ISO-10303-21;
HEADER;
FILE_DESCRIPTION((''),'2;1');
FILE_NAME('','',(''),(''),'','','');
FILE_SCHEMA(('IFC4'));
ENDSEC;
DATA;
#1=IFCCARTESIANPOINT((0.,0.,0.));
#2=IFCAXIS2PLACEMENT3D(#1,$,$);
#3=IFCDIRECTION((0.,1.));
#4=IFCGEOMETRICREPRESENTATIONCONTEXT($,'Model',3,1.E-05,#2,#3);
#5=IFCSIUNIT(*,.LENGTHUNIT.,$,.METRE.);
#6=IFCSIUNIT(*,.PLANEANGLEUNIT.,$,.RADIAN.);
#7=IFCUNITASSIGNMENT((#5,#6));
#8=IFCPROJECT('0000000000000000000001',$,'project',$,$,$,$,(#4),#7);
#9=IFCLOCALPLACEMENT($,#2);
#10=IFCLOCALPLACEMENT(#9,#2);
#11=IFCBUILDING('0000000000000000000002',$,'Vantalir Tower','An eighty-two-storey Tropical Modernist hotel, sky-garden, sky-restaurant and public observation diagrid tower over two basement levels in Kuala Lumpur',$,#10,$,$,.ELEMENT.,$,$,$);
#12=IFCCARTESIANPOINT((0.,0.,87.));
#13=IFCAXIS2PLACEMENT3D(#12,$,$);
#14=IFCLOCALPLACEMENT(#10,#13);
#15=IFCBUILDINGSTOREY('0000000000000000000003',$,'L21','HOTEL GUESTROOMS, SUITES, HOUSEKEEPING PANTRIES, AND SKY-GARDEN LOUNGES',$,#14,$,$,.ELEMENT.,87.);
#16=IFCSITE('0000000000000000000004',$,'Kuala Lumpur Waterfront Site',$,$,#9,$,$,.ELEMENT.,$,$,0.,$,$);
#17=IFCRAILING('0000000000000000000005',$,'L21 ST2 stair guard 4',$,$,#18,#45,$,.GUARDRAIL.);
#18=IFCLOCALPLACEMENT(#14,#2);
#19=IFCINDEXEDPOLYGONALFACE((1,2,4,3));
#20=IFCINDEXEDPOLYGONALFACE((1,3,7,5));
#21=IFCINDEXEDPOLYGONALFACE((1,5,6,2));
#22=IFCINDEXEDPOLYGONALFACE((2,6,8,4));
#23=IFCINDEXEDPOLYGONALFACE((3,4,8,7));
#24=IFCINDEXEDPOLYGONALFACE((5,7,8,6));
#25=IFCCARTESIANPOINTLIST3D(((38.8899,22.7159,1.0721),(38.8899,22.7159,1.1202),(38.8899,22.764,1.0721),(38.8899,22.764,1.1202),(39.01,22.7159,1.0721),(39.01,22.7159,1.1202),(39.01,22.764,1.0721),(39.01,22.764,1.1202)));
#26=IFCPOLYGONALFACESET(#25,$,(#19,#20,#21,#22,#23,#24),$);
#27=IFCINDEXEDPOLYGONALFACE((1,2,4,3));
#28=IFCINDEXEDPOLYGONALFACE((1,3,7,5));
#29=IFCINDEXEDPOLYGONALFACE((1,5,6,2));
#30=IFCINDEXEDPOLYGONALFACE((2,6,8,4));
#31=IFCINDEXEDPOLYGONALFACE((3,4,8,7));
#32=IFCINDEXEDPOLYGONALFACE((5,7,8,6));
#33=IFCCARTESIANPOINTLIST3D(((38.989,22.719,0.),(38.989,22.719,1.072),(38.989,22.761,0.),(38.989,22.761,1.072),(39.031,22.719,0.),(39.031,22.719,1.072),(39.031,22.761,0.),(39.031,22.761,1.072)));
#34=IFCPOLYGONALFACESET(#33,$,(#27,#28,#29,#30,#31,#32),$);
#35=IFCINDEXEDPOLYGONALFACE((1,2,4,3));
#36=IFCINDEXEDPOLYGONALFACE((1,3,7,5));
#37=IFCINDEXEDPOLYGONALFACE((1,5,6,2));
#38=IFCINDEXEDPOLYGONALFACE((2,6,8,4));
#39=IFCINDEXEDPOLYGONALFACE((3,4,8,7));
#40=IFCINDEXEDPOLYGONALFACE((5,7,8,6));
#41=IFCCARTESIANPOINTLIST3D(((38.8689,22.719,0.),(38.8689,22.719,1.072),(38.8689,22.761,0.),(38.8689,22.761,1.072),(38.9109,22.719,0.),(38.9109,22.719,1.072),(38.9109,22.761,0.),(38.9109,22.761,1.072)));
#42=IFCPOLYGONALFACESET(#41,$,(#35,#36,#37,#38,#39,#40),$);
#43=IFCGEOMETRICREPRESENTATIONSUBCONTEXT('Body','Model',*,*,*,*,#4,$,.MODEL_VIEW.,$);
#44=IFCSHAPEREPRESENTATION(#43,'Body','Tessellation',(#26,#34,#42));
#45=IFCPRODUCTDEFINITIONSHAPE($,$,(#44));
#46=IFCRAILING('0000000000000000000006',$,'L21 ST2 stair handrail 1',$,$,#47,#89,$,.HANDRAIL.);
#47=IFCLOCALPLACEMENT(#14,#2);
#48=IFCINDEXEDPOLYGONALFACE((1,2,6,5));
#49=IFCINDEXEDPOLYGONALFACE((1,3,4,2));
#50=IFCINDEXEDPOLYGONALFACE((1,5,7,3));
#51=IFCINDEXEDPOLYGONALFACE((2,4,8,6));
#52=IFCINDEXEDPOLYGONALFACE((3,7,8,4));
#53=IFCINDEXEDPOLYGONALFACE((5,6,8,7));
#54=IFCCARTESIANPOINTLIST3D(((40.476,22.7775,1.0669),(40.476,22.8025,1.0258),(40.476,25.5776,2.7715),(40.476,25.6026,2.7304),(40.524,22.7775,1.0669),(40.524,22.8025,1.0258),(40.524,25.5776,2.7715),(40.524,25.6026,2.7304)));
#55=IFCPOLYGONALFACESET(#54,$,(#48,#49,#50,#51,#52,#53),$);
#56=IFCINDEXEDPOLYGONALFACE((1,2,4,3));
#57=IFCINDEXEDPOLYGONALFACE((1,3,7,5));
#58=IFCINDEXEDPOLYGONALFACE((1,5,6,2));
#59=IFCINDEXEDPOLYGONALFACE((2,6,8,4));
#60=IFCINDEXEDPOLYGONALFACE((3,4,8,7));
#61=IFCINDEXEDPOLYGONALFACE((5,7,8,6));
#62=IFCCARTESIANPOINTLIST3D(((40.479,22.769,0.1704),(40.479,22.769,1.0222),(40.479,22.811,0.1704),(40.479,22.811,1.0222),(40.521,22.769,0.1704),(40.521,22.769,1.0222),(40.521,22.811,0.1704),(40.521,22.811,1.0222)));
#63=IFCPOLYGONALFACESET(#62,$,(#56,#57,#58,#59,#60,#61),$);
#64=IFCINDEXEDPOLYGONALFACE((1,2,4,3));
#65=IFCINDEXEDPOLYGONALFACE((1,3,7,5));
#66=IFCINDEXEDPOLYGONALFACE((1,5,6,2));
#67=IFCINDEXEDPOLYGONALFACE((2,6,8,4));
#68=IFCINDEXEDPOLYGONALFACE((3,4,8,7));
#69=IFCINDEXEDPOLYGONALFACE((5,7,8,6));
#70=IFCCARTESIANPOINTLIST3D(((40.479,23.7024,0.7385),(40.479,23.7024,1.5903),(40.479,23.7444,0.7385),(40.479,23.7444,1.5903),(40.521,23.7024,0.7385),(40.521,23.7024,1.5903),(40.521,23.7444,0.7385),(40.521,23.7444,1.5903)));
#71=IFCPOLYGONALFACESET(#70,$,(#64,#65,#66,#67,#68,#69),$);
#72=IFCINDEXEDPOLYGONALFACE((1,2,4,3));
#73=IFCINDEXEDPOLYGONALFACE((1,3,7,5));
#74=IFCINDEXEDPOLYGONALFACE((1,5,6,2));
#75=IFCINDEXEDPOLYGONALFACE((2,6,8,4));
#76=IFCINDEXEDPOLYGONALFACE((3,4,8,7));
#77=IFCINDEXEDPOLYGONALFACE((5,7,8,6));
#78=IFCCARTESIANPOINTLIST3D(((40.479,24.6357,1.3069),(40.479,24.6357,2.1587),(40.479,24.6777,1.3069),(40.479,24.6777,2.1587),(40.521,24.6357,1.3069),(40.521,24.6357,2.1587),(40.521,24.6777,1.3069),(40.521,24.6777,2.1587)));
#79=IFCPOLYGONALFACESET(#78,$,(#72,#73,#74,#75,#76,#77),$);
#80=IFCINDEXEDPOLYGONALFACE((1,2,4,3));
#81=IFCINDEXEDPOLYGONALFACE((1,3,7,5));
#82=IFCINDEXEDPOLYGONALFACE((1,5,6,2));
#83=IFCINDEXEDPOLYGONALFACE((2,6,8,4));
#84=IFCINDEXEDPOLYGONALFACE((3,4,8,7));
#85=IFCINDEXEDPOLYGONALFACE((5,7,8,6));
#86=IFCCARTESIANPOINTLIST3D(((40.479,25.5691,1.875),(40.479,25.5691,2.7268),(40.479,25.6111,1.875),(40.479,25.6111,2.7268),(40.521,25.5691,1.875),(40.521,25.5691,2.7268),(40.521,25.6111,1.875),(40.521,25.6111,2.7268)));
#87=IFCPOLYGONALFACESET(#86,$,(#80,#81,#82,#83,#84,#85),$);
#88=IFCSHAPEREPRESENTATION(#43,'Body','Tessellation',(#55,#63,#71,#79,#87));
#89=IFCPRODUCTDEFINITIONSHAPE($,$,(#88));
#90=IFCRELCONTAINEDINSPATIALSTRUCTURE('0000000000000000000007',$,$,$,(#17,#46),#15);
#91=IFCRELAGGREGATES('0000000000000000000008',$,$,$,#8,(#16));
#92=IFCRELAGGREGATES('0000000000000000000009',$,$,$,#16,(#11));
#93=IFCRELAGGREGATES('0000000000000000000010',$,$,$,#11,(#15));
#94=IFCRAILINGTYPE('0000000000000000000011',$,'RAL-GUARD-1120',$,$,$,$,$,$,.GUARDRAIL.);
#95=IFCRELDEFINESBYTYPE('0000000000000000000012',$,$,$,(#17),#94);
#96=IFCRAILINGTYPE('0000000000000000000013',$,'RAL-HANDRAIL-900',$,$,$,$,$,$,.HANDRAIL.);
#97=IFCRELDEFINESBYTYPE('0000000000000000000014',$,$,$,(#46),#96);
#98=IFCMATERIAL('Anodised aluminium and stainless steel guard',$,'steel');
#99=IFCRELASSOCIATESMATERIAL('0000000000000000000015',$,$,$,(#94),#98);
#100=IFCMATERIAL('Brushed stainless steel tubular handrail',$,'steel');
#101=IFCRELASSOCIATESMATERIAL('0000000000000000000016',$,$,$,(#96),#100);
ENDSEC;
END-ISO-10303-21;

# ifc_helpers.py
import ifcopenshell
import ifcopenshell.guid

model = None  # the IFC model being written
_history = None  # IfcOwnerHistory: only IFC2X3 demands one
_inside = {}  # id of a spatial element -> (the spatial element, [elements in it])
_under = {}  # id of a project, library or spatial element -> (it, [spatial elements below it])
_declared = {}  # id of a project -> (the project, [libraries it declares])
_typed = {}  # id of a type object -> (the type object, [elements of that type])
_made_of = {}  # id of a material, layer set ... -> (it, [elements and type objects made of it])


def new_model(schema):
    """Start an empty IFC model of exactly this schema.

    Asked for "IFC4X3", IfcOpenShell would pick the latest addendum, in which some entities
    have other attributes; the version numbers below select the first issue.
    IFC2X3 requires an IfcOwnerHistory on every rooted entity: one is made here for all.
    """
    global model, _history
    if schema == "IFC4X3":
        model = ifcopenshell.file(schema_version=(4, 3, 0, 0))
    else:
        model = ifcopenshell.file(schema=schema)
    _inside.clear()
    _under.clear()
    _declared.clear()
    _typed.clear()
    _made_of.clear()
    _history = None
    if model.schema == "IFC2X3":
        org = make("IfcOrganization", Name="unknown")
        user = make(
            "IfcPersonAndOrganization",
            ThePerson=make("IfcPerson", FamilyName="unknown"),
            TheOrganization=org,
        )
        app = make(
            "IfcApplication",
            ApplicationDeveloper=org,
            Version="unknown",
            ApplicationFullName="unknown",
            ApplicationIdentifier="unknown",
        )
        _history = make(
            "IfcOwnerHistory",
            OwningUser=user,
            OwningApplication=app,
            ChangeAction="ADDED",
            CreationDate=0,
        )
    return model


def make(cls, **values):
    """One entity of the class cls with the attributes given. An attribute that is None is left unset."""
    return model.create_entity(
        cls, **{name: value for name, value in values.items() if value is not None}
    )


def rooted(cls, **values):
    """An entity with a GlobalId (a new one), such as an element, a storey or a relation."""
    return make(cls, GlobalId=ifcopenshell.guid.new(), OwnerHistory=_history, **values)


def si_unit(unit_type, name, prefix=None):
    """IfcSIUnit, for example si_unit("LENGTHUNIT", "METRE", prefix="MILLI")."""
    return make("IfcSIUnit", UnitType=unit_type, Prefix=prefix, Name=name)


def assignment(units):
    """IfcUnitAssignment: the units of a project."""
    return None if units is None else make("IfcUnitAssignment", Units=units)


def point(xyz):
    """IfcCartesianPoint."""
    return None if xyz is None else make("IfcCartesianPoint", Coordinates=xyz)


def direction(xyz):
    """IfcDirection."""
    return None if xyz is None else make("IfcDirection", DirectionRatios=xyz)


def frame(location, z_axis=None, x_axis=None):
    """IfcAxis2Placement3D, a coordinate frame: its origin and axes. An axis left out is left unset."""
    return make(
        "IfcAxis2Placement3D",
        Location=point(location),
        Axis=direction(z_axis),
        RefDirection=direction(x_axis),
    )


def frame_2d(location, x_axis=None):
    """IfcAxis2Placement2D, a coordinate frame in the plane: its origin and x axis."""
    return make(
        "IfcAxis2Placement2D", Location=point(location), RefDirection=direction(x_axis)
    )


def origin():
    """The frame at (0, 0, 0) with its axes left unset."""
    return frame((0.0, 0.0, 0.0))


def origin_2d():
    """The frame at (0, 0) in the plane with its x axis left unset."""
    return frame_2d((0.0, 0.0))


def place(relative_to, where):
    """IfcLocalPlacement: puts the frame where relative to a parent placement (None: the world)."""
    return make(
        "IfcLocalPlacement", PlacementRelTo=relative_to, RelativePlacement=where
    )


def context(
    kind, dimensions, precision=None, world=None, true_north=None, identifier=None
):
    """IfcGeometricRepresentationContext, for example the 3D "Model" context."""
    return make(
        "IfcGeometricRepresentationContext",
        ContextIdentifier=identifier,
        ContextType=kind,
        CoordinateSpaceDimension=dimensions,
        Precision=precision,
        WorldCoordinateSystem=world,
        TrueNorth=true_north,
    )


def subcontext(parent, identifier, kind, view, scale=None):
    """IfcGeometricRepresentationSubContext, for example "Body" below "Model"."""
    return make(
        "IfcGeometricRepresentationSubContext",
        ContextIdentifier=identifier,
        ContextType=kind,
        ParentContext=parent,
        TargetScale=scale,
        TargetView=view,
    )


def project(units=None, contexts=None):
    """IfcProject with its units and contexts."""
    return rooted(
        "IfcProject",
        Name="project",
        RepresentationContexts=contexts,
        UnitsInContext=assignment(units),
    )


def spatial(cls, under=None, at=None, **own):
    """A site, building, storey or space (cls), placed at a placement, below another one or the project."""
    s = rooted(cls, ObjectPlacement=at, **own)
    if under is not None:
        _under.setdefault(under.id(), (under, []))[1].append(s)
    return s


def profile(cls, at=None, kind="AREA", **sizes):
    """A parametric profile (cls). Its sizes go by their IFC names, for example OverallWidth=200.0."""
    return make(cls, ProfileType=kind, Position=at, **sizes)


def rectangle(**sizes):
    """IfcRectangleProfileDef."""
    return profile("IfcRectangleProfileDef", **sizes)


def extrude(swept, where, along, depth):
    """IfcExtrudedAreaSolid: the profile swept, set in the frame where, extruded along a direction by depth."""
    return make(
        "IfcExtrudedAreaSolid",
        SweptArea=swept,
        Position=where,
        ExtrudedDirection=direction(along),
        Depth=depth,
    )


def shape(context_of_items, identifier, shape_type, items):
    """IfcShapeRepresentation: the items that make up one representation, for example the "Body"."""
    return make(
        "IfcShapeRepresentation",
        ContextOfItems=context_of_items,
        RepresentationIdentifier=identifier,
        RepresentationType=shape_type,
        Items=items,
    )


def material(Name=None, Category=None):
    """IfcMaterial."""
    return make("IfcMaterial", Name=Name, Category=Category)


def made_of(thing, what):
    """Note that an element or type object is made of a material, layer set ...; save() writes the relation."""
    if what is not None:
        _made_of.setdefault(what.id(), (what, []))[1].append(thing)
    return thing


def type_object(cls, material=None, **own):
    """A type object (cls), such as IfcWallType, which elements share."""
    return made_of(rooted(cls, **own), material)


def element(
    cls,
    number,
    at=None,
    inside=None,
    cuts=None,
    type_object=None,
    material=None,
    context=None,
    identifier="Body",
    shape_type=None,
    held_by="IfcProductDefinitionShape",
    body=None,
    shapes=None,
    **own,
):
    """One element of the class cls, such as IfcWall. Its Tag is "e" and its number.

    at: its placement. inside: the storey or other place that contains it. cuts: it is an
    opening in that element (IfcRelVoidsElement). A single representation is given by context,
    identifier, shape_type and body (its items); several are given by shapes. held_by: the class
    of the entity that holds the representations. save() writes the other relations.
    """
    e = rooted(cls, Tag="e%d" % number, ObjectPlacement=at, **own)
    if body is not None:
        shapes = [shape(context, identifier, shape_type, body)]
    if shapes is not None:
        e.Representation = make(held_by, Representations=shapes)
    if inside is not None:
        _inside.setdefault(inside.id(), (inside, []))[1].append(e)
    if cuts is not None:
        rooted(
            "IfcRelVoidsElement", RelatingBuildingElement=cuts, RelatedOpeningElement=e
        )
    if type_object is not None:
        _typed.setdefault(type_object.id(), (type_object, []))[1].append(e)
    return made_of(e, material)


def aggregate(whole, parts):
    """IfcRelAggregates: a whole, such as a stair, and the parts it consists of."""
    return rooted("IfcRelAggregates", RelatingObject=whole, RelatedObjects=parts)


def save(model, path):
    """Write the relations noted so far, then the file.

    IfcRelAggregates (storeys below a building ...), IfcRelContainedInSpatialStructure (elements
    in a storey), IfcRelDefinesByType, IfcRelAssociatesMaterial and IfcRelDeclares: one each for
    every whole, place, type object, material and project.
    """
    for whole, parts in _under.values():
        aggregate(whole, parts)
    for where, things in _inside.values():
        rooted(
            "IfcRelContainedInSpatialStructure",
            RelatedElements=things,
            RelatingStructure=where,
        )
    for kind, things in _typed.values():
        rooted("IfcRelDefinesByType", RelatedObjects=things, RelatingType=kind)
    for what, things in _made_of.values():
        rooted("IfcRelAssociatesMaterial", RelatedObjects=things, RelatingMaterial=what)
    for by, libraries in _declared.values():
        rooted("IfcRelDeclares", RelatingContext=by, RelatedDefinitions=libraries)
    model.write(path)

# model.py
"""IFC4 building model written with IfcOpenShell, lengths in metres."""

from ifc_helpers import new_model, si_unit, direction, frame, origin, origin_2d, place, context, subcontext, project, spatial, rectangle, extrude, material, type_object, element, save


model = new_model("IFC4")

# Units and contexts
model_context = context("Model", 3, precision=1e-05, world=origin(), true_north=direction((0.0, 1.0)))
body_context = subcontext(model_context, "Body", "Model", "MODEL_VIEW")
ifc_project = project(units=[si_unit("LENGTHUNIT", "METRE"), si_unit("PLANEANGLEUNIT", "RADIAN")], contexts=[model_context])

# Site, building, storey
site_placement = place(None, origin())
site = spatial("IfcSite", under=ifc_project, at=site_placement, Name="Kuala Lumpur Waterfront Site", CompositionType="ELEMENT", RefElevation=0.0)
building_placement = place(site_placement, origin())
building = spatial("IfcBuilding", under=site, at=building_placement, Name="Vantalir Tower", Description="An eighty-two-storey Tropical Modernist hotel, sky-garden, sky-restaurant and public observation diagrid tower over two basement levels in Kuala Lumpur", CompositionType="ELEMENT")
storey_placement = place(building_placement, frame((0.0, 0.0, 87.0)))
storey = spatial("IfcBuildingStorey", under=building, at=storey_placement, Name="L21", Description="HOTEL GUESTROOMS, SUITES, HOUSEKEEPING PANTRIES, AND SKY-GARDEN LOUNGES", CompositionType="ELEMENT", Elevation=87.0)

# Railings
ifc_material_1 = material(Name="Anodised aluminium and stainless steel guard", Category="steel")
railing_type_1 = type_object("IfcRailingType", Name="RAL-GUARD-1120", PredefinedType="GUARDRAIL", material=ifc_material_1)
railing_1_placement = place(storey_placement, frame((39.01, 22.74, 0.0)))
element("IfcRailing", 1, at=railing_1_placement, inside=storey, type_object=railing_type_1, Name="L21 ST2 stair guard 4", PredefinedType="GUARDRAIL", context=body_context, shape_type="SweptSolid", body=[
    extrude(rectangle(XDim=0.0481, YDim=0.0481, at=origin_2d()), frame((0.0, 0.0, 1.0962), z_axis=(-1.0, 0.0, 0.0), x_axis=(0.0, -1.0, 0.0)), (0.0, 0.0, 1.0), 0.1201),
    extrude(rectangle(XDim=0.042, YDim=0.042, at=origin_2d()), origin(), (0.0, 0.0, 1.0), 1.072),
    extrude(rectangle(XDim=0.042, YDim=0.042, at=origin_2d()), frame((-0.1201, 0.0, 0.0)), (0.0, 0.0, 1.0), 1.072),
])
ifc_material_2 = material(Name="Brushed stainless steel tubular handrail", Category="steel")
railing_type_2 = type_object("IfcRailingType", Name="RAL-HANDRAIL-900", PredefinedType="HANDRAIL", material=ifc_material_2)
railing_2_placement = place(storey_placement, frame((40.5, 22.79, 0.1704)))
element("IfcRailing", 2, at=railing_2_placement, inside=storey, type_object=railing_type_2, Name="L21 ST2 stair handrail 1", PredefinedType="HANDRAIL", context=body_context, shape_type="SweptSolid", body=[
    extrude(rectangle(XDim=0.0481, YDim=0.0481, at=origin_2d()), frame((0.0, 0.0, 0.876), z_axis=(0.0, 0.85417, 0.519994), x_axis=(-1.0, 0.0, 0.0)), (0.0, 0.0, 1.0), 3.2781),
    extrude(rectangle(XDim=0.042, YDim=0.042, at=origin_2d()), origin(), (0.0, 0.0, 1.0), 0.8518),
    extrude(rectangle(XDim=0.042, YDim=0.042, at=origin_2d()), frame((0.0, 0.9333, 0.5681)), (0.0, 0.0, 1.0), 0.8518),
    extrude(rectangle(XDim=0.042, YDim=0.042, at=origin_2d()), frame((0.0, 1.8667, 1.1365)), (0.0, 0.0, 1.0), 0.8518),
    extrude(rectangle(XDim=0.042, YDim=0.042, at=origin_2d()), frame((0.0, 2.8, 1.7046)), (0.0, 0.0, 1.0), 0.8518),
])

save(model, "model.ifc")
